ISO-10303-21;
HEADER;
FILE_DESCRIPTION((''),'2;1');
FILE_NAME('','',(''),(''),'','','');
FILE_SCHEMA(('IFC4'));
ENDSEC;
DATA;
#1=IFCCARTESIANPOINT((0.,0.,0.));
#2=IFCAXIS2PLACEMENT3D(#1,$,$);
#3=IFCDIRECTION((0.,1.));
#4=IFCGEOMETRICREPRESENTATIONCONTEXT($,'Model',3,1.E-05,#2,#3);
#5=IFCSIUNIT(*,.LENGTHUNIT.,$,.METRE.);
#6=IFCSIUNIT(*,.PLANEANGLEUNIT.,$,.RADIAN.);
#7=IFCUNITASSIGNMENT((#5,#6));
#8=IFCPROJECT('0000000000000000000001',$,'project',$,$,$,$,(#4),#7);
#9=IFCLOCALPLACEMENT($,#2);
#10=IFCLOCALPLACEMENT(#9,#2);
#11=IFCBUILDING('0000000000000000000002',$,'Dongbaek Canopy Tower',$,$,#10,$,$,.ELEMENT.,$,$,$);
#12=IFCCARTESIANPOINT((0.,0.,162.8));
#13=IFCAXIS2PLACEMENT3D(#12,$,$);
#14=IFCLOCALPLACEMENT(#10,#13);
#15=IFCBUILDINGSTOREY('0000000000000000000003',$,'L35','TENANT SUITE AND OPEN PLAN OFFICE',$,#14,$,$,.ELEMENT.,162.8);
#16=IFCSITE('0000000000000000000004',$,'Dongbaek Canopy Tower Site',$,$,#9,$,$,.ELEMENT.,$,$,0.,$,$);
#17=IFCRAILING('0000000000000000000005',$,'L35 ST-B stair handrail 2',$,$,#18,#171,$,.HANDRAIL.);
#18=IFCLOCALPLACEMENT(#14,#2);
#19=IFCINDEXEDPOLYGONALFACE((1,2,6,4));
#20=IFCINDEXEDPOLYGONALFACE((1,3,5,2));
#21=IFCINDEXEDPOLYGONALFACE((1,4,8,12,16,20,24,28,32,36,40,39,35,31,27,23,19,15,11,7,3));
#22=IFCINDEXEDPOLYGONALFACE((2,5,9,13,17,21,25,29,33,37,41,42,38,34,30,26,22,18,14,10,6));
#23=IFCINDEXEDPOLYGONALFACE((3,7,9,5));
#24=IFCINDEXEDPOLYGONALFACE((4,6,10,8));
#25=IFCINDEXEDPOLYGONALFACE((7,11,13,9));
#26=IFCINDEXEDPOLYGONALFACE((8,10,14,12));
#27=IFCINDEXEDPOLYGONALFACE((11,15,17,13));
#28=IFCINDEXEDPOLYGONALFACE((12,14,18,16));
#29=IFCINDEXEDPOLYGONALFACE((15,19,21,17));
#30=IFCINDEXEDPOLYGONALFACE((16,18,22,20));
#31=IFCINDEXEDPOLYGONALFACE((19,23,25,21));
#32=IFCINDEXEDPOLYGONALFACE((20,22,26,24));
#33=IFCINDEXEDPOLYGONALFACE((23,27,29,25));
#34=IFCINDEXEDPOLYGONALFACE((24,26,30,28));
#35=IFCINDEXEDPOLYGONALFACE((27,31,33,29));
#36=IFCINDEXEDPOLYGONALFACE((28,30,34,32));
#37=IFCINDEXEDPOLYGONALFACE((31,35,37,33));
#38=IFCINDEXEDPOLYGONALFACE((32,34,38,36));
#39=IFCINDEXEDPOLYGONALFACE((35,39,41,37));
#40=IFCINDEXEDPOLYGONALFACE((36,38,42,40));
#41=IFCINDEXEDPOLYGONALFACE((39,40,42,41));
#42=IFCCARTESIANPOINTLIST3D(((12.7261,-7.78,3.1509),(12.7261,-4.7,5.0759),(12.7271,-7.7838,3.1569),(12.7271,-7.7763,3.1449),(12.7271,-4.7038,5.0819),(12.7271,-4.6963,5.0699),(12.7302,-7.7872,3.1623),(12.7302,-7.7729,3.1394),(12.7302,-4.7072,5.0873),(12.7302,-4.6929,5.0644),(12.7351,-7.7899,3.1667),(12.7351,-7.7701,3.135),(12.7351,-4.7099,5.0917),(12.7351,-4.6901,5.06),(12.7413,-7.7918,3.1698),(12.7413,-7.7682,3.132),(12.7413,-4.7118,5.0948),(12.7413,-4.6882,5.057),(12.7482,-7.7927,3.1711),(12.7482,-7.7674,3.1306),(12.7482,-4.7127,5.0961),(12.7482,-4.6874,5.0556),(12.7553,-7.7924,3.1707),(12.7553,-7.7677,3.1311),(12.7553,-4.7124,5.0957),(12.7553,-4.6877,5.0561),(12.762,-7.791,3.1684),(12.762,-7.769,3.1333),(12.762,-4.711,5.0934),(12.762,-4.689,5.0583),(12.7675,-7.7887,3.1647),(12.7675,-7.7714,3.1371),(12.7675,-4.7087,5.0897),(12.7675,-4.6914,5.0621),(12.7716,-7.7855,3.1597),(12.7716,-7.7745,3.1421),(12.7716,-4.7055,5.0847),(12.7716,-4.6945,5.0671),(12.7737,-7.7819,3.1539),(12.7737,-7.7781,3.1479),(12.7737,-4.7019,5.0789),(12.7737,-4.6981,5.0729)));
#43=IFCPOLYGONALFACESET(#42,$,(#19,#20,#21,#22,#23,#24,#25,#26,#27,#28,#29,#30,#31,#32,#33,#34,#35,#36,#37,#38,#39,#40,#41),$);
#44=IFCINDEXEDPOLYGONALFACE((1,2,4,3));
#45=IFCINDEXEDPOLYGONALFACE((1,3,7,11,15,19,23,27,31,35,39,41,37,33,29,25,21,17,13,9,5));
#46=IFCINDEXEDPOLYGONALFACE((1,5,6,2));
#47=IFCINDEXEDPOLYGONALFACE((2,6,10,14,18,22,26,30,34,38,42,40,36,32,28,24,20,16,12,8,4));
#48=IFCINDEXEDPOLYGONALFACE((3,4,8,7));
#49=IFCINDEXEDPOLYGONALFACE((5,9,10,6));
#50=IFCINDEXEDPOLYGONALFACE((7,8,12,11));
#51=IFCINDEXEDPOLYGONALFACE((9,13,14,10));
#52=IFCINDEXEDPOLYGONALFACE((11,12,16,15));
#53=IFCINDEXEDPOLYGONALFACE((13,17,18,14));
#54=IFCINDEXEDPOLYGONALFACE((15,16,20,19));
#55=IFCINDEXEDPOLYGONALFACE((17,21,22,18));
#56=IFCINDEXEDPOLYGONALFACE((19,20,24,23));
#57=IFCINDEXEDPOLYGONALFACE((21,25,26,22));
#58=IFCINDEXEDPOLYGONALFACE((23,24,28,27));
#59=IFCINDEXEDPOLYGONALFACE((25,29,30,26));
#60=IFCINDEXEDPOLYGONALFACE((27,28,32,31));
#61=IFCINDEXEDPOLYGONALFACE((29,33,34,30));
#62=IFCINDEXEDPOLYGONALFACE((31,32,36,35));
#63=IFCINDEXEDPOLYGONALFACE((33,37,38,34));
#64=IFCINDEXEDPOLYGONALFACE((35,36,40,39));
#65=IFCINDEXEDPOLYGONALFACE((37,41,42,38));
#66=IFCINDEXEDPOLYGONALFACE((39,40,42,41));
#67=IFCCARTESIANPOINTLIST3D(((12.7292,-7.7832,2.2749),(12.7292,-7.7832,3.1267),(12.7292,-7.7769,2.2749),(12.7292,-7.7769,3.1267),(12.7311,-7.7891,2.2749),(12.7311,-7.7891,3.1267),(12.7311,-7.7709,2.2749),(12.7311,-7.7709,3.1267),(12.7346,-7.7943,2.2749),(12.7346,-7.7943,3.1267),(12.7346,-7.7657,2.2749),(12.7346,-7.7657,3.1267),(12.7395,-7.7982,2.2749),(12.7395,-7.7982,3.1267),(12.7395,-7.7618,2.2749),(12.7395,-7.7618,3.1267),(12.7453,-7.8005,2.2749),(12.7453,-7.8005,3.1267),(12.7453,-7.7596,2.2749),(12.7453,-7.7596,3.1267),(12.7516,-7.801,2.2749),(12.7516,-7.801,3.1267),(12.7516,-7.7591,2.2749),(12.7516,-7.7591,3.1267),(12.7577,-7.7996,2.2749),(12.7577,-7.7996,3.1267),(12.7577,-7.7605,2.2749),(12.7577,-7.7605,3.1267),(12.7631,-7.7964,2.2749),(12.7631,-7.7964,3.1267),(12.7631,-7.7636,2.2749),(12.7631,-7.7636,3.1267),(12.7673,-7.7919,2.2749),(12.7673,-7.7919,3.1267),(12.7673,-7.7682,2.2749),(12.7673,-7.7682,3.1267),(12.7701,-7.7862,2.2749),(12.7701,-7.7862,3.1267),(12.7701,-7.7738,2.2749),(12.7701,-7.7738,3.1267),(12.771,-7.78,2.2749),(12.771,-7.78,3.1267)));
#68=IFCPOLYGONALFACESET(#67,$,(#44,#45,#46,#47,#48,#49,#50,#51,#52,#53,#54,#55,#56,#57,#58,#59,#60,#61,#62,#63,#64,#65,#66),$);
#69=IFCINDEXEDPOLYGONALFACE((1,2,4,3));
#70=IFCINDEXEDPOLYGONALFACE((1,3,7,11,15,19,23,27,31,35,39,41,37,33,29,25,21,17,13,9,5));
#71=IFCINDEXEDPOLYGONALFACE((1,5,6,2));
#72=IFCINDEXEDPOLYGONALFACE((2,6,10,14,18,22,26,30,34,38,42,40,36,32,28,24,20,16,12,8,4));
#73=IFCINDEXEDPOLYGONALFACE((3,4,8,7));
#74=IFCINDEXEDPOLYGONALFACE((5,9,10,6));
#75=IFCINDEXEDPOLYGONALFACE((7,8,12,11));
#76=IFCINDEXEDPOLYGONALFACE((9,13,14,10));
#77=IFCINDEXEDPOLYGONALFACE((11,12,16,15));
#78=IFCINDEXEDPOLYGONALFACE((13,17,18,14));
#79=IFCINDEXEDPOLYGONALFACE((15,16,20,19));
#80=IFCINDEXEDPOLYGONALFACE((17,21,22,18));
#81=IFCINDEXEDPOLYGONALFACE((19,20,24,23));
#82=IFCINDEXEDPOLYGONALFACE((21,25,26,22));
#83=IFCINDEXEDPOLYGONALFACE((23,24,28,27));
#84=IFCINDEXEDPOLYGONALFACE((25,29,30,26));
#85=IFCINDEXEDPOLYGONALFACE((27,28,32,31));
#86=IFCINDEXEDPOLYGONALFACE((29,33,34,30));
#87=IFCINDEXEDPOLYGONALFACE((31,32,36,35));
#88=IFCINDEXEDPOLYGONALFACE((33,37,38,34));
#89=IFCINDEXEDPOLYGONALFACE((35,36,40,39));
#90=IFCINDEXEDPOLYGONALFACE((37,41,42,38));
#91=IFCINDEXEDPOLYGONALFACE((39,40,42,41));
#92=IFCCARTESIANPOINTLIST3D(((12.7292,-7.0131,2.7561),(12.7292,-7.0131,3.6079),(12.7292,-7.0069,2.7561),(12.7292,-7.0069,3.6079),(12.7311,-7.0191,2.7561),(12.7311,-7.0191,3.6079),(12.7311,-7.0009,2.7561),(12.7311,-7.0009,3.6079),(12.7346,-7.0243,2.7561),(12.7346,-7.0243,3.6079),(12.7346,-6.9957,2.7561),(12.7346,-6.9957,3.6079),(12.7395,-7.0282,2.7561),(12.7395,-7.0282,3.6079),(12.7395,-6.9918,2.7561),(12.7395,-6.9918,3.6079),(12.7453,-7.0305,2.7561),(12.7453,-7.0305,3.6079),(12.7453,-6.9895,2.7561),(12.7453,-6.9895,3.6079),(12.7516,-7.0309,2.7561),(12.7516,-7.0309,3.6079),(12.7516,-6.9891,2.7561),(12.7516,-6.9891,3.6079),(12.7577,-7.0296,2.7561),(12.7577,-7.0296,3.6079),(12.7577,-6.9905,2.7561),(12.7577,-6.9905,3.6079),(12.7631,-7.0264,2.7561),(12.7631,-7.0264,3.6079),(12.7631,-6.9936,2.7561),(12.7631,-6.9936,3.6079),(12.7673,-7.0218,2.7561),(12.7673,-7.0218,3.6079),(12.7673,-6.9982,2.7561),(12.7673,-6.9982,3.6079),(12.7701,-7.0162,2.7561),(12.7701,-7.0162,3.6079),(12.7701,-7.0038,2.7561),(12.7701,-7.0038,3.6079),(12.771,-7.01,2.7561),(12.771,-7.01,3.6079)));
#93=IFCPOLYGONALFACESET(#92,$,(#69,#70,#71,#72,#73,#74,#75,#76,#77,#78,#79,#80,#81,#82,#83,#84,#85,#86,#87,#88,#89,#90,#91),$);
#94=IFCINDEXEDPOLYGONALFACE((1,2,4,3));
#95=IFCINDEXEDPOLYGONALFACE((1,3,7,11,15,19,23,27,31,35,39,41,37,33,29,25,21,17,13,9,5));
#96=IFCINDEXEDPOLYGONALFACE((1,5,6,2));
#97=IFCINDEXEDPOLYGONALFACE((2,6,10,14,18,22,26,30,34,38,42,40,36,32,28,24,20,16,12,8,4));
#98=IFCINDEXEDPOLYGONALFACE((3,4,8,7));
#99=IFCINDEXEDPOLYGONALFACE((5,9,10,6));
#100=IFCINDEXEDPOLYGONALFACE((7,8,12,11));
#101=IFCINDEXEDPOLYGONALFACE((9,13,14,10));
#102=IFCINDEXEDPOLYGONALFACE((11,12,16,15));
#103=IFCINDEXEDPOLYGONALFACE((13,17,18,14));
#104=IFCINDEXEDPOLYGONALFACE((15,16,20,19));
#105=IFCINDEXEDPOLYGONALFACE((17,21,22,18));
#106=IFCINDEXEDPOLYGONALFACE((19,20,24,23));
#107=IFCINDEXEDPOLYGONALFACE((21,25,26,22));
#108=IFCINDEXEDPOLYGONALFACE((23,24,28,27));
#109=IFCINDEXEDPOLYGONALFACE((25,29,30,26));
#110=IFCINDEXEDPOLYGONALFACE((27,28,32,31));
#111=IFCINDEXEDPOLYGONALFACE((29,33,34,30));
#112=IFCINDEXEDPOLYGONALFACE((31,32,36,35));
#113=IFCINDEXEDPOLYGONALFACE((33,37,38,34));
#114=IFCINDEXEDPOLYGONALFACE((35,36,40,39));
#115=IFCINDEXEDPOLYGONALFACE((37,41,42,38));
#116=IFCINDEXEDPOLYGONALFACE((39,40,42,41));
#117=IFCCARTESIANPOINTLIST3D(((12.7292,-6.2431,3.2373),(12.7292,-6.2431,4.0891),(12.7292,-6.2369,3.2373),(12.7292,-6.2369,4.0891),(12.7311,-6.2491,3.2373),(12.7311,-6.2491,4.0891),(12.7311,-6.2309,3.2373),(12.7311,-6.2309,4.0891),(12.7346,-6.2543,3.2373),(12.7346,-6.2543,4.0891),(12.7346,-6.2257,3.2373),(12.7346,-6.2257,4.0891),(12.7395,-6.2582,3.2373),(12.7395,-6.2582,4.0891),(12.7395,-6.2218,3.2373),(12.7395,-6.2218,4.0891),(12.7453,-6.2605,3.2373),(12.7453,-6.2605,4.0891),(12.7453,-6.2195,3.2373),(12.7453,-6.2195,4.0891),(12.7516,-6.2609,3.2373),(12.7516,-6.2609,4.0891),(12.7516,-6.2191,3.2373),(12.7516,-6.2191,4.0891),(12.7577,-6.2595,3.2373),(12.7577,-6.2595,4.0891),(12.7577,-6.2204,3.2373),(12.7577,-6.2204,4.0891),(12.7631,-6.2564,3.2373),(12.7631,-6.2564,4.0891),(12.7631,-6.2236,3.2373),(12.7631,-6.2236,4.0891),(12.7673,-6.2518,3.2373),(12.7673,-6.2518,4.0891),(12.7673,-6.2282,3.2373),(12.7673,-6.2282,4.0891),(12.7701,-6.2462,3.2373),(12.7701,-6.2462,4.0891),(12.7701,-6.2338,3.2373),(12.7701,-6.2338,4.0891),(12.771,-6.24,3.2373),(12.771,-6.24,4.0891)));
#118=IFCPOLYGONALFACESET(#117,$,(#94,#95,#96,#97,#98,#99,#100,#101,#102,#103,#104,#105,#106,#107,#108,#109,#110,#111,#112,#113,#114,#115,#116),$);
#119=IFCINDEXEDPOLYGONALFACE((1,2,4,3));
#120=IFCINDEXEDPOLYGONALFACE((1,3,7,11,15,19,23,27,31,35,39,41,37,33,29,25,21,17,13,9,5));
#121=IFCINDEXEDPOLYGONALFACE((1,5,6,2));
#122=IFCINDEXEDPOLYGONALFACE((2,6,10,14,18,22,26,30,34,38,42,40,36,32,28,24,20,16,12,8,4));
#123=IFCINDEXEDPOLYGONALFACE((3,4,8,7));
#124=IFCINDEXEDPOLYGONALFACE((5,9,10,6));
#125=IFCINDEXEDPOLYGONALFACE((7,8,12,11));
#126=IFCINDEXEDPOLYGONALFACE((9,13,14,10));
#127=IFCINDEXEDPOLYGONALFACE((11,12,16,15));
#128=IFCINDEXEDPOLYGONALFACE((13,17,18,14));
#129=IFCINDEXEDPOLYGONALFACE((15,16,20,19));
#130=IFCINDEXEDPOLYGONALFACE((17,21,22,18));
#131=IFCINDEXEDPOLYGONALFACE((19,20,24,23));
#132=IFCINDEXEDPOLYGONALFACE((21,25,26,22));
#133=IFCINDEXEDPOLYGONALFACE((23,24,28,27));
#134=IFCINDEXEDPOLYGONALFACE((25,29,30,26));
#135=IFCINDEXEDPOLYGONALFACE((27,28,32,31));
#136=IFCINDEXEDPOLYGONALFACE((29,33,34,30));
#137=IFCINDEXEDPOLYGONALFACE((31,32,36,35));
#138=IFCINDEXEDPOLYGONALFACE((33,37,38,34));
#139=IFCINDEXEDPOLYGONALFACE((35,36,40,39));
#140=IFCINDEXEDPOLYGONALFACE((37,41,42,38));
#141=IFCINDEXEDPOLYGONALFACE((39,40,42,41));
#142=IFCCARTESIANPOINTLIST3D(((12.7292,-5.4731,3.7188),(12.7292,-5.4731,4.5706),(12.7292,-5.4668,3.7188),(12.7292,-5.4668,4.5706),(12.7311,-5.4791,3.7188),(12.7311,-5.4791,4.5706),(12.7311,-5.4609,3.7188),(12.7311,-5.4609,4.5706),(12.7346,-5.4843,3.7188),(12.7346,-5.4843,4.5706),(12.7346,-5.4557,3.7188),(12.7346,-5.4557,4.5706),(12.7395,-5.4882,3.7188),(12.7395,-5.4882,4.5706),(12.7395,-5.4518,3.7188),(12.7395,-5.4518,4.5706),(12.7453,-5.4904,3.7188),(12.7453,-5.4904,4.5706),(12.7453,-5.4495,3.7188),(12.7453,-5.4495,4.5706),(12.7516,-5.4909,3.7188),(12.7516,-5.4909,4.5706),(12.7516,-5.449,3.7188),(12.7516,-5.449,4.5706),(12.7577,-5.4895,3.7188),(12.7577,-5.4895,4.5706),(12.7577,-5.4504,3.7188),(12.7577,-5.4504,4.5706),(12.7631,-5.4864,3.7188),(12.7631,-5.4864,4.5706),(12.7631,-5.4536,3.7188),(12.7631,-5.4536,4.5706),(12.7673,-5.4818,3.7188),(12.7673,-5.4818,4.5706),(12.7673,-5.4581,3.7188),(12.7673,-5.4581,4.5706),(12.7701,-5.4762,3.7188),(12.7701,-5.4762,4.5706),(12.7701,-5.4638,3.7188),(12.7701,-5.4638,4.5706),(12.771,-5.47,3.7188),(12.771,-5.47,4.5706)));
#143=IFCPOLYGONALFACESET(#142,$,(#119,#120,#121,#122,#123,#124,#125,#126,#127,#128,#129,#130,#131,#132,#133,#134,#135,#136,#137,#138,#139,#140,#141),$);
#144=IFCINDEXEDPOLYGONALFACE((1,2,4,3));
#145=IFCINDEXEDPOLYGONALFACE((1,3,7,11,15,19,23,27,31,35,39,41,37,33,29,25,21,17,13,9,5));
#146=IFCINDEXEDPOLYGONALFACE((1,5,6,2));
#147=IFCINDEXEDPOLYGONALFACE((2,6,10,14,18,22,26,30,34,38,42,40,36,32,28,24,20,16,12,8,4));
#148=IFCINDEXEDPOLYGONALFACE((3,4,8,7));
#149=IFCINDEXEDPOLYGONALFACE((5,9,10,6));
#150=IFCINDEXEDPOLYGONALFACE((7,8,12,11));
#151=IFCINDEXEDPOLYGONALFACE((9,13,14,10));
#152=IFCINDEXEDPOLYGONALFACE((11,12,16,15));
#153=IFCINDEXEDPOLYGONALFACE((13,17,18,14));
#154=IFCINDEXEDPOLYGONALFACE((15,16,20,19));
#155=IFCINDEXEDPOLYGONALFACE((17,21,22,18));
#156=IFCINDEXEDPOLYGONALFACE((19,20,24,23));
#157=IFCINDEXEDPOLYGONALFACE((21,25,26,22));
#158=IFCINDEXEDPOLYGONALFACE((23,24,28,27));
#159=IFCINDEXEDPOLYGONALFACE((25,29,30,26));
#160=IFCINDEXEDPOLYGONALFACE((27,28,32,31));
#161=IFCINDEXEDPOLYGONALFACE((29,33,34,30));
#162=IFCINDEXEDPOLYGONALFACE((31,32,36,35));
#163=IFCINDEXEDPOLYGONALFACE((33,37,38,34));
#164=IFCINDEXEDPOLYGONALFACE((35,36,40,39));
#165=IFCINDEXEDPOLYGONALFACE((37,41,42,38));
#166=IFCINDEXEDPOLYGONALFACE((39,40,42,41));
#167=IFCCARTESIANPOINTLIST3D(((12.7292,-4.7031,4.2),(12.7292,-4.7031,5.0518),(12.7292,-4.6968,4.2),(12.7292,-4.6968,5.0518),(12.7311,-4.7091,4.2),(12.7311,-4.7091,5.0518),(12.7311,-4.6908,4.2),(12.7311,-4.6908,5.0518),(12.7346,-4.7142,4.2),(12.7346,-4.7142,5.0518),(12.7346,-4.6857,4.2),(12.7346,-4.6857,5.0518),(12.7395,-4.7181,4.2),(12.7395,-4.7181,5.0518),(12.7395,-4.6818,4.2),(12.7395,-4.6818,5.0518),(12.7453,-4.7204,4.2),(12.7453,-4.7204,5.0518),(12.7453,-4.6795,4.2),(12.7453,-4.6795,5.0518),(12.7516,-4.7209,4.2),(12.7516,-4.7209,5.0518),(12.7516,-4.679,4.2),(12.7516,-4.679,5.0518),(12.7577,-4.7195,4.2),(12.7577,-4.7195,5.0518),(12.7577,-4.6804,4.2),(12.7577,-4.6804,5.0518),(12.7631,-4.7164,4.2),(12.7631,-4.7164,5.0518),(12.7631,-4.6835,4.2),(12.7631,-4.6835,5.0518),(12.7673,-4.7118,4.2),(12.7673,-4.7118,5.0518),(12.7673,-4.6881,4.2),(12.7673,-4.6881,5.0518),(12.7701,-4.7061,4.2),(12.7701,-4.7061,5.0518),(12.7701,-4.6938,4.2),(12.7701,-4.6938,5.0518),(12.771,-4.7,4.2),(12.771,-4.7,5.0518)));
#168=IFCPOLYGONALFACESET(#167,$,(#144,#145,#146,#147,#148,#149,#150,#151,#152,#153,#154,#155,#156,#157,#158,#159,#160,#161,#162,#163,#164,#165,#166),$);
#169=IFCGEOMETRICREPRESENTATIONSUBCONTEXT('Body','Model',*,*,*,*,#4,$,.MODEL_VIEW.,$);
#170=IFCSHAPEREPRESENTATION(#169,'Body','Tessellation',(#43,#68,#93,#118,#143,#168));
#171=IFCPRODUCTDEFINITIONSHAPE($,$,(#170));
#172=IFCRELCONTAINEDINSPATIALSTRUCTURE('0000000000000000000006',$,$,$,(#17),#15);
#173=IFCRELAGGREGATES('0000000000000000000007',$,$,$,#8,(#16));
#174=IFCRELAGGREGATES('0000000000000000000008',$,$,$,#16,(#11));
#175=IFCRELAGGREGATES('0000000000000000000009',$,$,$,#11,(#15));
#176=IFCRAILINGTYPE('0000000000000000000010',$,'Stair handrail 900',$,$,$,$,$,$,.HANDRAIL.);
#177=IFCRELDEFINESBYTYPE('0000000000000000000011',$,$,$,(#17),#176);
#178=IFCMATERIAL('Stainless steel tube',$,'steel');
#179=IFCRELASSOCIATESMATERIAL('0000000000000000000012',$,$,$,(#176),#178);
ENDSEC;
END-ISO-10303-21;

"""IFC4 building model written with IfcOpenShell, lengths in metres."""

from ifc_helpers import new_model, si_unit, direction, frame, origin, origin_2d, place, context, subcontext, project, spatial, circle, extrude, material, type_object, element, save


model = new_model("IFC4")

# Units and contexts
model_context = context("Model", 3, precision=1e-05, world=origin(), true_north=direction((0.0, 1.0)))
body_context = subcontext(model_context, "Body", "Model", "MODEL_VIEW")
ifc_project = project(units=[si_unit("LENGTHUNIT", "METRE"), si_unit("PLANEANGLEUNIT", "RADIAN")], contexts=[model_context])

# Site, building, storey
site_placement = place(None, origin())
site = spatial("IfcSite", under=ifc_project, at=site_placement, Name="Dongbaek Canopy Tower Site", CompositionType="ELEMENT", RefElevation=0.0)
building_placement = place(site_placement, origin())
building = spatial("IfcBuilding", under=site, at=building_placement, Name="Dongbaek Canopy Tower", CompositionType="ELEMENT")
storey_placement = place(building_placement, frame((0.0, 0.0, 162.8)))
storey = spatial("IfcBuildingStorey", under=building, at=storey_placement, Name="L35", Description="TENANT SUITE AND OPEN PLAN OFFICE", CompositionType="ELEMENT", Elevation=162.8)

# Railing
ifc_material_1 = material(Name="Stainless steel tube", Category="steel")
railing_type_1 = type_object("IfcRailingType", Name="Stair handrail 900", PredefinedType="HANDRAIL", material=ifc_material_1)
railing_1_placement = place(storey_placement, frame((12.75, -7.78, 2.2749)))
element("IfcRailing", 1, at=railing_1_placement, inside=storey, type_object=railing_type_1, Name="L35 ST-B stair handrail 2", PredefinedType="HANDRAIL", context=body_context, shape_type="SweptSolid", body=[
    extrude(circle(Radius=0.0239, at=origin_2d()), frame((0.0, 0.0, 0.876), z_axis=(0.0, 0.847998, 0.529999), x_axis=(-1.0, 0.0, 0.0)), (0.0, 0.0, 1.0), 3.6321),
    extrude(circle(Radius=0.021, at=origin_2d()), origin(), (0.0, 0.0, 1.0), 0.8518),
    extrude(circle(Radius=0.021, at=origin_2d()), frame((0.0, 0.77, 0.4812)), (0.0, 0.0, 1.0), 0.8518),
    extrude(circle(Radius=0.021, at=origin_2d()), frame((0.0, 1.54, 0.9624)), (0.0, 0.0, 1.0), 0.8518),
    extrude(circle(Radius=0.021, at=origin_2d()), frame((0.0, 2.3101, 1.4438)), (0.0, 0.0, 1.0), 0.8518),
    extrude(circle(Radius=0.021, at=origin_2d()), frame((0.0, 3.0801, 1.925)), (0.0, 0.0, 1.0), 0.8518),
])

save(model, "model.ifc")
